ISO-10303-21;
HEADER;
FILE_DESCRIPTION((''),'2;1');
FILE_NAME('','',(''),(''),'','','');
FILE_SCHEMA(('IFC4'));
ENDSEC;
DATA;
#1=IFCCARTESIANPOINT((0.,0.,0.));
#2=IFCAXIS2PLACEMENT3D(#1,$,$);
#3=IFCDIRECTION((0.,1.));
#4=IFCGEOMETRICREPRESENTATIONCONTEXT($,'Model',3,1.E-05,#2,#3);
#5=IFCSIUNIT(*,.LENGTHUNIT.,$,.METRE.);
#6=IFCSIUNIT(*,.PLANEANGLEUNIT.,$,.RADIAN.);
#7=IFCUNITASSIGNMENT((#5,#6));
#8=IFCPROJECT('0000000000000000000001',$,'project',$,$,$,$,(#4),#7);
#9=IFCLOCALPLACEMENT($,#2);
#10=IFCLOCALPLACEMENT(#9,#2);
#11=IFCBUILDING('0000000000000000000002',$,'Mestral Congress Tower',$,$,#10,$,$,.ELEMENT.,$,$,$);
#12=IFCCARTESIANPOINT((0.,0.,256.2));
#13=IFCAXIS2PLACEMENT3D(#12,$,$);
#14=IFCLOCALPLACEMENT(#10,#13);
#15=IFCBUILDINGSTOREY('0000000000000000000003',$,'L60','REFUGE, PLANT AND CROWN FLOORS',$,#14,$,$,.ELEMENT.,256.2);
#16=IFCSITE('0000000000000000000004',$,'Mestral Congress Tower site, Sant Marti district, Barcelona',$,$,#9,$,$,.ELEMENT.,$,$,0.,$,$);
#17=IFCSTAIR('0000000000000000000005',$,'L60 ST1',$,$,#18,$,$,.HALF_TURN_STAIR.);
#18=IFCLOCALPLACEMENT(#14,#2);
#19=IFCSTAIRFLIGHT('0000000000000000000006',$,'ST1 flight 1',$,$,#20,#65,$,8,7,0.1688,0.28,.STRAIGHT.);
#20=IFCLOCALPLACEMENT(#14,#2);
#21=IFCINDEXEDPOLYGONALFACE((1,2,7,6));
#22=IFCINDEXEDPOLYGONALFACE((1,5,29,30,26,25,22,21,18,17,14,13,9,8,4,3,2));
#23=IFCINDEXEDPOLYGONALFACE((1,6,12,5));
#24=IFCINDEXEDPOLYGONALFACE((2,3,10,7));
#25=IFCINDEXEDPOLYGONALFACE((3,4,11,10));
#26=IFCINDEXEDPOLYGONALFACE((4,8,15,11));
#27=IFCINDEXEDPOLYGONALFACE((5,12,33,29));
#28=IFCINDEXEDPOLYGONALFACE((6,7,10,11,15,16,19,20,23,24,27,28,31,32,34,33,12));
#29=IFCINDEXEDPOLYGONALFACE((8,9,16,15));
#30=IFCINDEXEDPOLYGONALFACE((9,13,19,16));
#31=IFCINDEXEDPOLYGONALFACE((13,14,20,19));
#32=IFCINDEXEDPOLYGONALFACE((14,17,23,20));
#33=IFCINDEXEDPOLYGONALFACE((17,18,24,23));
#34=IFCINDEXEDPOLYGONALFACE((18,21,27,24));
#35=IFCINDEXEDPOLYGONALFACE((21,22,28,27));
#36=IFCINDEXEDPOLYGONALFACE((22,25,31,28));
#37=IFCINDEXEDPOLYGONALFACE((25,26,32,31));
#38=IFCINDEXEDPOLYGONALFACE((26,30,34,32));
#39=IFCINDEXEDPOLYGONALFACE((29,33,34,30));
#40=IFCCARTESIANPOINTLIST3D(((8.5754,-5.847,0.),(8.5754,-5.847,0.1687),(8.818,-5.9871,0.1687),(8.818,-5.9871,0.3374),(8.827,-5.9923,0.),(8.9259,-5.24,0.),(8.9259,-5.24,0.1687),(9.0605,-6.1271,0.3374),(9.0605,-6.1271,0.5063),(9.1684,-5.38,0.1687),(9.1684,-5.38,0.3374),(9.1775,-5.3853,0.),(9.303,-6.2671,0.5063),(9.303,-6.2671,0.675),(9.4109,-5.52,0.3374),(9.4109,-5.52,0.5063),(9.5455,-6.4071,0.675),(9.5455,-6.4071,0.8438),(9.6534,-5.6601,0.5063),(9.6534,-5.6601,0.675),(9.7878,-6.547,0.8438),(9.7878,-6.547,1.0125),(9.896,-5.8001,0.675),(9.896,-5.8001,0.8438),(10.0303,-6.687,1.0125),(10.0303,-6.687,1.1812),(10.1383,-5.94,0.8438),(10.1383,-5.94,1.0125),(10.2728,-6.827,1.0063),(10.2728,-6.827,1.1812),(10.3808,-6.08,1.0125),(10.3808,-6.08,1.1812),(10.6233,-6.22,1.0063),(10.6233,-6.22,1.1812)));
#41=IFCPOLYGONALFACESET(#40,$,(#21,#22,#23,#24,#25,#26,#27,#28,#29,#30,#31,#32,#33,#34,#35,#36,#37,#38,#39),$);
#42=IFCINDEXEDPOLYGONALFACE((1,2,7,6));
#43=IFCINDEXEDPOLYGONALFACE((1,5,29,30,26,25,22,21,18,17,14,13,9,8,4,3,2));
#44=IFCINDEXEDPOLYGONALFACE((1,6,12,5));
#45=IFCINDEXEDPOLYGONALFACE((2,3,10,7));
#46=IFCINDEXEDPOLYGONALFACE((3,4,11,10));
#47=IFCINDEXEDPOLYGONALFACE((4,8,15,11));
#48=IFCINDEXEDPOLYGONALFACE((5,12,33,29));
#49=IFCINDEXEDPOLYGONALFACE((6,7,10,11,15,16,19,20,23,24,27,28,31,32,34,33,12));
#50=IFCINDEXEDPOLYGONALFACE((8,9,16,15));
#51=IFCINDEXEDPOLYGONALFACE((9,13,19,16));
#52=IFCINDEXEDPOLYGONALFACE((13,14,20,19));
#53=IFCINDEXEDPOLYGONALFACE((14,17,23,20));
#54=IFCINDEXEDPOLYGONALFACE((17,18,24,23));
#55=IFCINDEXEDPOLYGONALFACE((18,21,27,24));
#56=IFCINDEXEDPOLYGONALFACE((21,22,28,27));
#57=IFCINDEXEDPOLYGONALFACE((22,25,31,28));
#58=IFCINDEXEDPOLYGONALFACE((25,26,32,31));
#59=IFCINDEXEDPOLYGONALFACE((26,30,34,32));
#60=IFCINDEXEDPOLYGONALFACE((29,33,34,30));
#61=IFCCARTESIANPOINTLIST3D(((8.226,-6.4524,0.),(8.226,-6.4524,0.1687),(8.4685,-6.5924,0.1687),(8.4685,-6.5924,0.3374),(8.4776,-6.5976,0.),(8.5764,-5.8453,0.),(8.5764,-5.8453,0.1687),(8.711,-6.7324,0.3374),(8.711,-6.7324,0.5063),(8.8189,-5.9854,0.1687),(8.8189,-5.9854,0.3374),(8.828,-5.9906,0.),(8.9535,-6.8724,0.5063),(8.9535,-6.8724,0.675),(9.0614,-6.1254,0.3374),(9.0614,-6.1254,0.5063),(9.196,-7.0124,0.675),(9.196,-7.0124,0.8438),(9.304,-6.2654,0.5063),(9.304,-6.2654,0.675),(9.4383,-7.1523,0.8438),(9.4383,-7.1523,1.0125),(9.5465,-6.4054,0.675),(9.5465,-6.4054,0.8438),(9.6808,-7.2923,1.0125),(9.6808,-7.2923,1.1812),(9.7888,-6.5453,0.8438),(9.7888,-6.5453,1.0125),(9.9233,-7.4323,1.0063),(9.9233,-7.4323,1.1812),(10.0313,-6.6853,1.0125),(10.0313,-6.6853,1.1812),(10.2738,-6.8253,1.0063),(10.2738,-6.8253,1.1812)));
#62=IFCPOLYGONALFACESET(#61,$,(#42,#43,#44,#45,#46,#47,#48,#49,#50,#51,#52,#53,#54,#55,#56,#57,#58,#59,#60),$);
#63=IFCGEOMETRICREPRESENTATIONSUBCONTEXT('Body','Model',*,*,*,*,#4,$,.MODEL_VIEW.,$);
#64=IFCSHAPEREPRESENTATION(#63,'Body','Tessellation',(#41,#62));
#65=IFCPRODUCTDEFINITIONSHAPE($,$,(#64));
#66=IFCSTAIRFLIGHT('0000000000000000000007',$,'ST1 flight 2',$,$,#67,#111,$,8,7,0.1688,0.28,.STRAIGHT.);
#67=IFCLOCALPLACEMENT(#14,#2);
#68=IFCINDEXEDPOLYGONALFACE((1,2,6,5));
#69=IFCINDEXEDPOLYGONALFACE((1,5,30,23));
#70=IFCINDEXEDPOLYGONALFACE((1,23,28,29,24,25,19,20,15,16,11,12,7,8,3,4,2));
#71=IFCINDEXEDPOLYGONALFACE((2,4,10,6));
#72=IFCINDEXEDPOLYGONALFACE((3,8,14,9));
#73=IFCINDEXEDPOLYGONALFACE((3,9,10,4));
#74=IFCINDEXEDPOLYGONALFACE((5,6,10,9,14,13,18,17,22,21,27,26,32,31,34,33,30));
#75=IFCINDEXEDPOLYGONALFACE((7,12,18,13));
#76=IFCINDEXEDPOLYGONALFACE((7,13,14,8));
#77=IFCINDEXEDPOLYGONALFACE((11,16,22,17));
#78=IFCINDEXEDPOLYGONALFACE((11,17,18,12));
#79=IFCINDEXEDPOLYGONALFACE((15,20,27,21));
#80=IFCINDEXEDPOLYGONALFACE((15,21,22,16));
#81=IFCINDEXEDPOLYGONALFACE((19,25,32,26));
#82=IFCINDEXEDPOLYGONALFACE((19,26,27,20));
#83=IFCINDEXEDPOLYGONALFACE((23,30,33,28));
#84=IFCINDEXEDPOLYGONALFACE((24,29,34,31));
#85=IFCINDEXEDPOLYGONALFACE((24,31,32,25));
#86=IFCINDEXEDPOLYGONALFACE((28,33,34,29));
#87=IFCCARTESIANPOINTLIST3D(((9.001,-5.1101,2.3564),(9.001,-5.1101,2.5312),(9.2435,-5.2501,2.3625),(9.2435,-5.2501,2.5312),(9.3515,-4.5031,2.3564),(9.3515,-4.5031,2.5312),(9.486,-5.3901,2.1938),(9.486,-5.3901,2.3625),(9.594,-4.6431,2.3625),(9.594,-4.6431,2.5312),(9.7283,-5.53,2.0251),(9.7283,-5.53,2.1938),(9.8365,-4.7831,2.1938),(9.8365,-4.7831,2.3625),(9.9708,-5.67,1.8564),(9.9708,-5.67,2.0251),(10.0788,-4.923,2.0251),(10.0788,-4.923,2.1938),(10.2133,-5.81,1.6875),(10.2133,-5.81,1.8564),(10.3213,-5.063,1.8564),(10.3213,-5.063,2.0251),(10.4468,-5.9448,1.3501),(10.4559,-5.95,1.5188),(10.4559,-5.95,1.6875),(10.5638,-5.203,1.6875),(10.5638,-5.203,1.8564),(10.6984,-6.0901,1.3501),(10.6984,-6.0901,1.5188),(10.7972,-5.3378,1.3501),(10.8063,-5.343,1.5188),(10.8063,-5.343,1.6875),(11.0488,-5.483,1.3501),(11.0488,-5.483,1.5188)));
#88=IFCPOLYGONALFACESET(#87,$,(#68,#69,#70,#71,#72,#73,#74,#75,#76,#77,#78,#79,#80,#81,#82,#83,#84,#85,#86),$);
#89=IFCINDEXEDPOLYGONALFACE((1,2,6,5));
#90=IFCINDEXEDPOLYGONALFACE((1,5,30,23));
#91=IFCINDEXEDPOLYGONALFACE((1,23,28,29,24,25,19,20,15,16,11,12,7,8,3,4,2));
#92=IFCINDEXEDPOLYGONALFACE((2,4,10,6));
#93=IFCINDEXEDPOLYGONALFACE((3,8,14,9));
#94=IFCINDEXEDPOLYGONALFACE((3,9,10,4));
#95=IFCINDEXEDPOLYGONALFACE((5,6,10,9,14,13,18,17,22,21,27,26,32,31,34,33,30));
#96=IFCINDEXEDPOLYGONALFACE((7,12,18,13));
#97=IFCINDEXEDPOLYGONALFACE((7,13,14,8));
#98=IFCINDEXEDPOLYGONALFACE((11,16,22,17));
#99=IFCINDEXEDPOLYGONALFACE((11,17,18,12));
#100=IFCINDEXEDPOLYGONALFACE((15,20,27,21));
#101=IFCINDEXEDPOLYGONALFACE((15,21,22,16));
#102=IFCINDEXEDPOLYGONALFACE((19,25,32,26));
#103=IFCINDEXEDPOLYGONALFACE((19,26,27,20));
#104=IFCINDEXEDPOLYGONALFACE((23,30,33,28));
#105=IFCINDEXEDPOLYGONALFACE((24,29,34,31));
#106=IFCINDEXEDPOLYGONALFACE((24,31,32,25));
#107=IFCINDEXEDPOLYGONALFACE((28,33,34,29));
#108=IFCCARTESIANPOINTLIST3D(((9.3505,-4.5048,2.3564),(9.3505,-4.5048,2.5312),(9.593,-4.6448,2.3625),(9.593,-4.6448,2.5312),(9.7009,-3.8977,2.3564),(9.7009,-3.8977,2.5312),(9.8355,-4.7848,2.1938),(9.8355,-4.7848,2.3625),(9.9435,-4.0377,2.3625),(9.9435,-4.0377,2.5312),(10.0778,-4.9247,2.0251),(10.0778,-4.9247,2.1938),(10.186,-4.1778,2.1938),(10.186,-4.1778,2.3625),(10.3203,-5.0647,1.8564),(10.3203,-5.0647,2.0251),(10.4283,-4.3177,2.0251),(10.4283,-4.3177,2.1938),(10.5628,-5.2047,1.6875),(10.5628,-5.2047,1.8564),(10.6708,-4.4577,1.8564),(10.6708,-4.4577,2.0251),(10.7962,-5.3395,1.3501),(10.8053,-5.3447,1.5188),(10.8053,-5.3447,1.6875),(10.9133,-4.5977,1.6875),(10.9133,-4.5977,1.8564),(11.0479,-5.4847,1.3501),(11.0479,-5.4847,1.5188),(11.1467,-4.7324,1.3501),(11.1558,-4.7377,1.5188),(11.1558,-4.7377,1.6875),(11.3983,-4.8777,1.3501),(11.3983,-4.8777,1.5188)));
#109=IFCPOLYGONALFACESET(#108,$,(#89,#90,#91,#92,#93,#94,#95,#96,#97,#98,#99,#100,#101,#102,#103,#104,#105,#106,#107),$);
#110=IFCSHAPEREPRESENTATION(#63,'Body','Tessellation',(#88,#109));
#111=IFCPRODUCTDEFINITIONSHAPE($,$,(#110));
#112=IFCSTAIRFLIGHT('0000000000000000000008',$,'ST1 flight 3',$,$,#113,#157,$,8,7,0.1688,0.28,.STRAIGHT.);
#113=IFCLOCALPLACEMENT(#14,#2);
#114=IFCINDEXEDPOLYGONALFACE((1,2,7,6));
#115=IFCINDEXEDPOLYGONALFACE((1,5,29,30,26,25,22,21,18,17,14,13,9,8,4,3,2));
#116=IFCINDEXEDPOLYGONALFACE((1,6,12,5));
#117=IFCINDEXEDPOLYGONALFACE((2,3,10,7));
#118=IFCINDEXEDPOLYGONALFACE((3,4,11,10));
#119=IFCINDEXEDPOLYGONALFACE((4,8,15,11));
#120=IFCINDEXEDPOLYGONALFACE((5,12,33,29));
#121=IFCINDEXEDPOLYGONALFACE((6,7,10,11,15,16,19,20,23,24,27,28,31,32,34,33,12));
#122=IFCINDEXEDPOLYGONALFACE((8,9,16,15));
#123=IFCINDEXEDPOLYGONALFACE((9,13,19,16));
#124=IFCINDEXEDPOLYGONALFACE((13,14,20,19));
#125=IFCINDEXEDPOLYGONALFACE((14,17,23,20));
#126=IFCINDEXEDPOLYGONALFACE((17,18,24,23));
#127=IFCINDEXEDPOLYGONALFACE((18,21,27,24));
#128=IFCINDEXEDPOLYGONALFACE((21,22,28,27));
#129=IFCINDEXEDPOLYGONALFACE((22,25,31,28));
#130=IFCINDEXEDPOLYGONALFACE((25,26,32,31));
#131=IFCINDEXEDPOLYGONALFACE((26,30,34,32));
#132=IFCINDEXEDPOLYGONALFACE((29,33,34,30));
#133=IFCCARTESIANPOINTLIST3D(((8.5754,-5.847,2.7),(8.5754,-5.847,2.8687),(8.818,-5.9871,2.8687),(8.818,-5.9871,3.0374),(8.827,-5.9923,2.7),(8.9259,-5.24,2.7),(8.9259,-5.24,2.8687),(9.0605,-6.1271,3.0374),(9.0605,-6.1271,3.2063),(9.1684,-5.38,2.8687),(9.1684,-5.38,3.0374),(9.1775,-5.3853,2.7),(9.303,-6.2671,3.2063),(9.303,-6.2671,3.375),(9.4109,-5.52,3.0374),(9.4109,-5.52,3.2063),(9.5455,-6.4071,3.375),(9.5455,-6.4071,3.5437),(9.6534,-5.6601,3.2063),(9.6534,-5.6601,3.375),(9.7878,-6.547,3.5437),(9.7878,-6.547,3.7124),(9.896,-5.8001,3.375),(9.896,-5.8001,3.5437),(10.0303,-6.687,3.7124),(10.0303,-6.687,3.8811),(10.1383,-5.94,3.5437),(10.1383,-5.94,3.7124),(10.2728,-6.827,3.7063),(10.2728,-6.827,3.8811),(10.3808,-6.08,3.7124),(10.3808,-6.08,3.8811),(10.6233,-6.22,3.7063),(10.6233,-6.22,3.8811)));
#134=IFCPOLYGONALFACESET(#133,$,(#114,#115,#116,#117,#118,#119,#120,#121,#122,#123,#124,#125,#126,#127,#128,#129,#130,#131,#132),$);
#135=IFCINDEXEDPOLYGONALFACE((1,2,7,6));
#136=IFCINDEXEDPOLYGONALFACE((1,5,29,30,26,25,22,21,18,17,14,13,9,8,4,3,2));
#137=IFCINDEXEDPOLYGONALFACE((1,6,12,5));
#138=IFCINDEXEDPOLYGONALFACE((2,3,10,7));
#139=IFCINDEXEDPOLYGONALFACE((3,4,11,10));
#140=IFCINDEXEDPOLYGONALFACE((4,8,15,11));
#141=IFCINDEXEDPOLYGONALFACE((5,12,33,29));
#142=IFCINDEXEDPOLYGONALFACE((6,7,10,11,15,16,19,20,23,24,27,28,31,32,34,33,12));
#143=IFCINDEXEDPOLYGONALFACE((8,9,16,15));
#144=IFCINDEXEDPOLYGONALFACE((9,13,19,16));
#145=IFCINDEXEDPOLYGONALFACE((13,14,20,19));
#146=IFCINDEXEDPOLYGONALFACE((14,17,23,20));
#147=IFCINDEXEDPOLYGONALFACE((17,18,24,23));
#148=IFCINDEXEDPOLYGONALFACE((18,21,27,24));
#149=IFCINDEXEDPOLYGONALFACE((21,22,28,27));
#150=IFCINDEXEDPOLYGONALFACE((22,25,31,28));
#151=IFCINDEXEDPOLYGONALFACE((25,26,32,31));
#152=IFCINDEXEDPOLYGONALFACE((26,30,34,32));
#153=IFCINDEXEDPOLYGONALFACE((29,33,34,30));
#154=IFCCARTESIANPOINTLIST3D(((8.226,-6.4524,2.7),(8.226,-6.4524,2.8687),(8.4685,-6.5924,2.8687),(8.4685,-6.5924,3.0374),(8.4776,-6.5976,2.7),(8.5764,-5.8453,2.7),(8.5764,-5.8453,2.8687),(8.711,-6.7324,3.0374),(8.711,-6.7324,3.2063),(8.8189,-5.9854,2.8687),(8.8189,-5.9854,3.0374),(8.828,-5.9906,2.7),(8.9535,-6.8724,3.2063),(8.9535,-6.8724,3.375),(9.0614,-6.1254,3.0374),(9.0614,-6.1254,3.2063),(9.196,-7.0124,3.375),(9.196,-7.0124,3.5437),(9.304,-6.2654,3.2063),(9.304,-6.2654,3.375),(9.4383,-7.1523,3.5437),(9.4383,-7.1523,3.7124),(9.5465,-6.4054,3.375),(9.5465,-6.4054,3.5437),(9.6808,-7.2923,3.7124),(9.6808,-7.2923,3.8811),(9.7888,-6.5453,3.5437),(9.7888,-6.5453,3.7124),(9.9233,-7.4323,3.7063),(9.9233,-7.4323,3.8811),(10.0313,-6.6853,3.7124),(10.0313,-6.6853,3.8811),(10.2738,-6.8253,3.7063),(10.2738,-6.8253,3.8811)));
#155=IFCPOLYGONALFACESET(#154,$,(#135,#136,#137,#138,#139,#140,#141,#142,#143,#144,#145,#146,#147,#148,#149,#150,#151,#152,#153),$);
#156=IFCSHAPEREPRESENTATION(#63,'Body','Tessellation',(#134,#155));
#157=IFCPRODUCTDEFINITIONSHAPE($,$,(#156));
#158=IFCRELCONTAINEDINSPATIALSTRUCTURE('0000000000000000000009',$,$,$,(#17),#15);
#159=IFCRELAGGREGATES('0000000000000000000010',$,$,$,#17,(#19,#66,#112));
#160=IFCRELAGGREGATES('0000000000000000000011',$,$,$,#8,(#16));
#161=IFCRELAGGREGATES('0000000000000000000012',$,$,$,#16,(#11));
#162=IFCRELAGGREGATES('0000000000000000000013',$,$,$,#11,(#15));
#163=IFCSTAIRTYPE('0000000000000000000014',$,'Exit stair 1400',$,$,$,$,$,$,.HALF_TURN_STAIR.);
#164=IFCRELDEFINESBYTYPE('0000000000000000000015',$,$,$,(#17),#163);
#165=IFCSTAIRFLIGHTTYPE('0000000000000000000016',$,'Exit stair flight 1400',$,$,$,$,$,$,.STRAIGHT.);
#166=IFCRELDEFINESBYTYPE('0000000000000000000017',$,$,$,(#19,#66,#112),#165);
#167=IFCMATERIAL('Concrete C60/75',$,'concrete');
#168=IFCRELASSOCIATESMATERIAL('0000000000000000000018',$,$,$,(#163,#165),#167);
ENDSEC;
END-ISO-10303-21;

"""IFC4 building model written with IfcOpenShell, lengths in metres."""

from ifc_helpers import new_model, si_unit, direction, frame, origin, place, context, subcontext, project, spatial, polyline, outline, extrude, material, type_object, element, aggregate, save


model = new_model("IFC4")

# Units and contexts
model_context = context("Model", 3, precision=1e-05, world=origin(), true_north=direction((0.0, 1.0)))
body_context = subcontext(model_context, "Body", "Model", "MODEL_VIEW")
ifc_project = project(units=[si_unit("LENGTHUNIT", "METRE"), si_unit("PLANEANGLEUNIT", "RADIAN")], contexts=[model_context])

# Site, building, storey
site_placement = place(None, origin())
site = spatial("IfcSite", under=ifc_project, at=site_placement, Name="Mestral Congress Tower site, Sant Marti district, Barcelona", CompositionType="ELEMENT", RefElevation=0.0)
building_placement = place(site_placement, origin())
building = spatial("IfcBuilding", under=site, at=building_placement, Name="Mestral Congress Tower", CompositionType="ELEMENT")
storey_placement = place(building_placement, frame((0.0, 0.0, 256.2)))
storey = spatial("IfcBuildingStorey", under=building, at=storey_placement, Name="L60", Description="REFUGE, PLANT AND CROWN FLOORS", CompositionType="ELEMENT", Elevation=256.2)

# Shared definitions
placement = place(storey_placement, origin())

# Shared definitions
ifc_material_1 = material(Name="Concrete C60/75", Category="concrete")

# Stair, stair flights
stair_type = type_object("IfcStairType", Name="Exit stair 1400", PredefinedType="HALF_TURN_STAIR", material=ifc_material_1)
stair = element("IfcStair", 1, at=placement, inside=storey, type_object=stair_type, Name="L60 ST1", PredefinedType="HALF_TURN_STAIR")
stair_flight_type = type_object("IfcStairFlightType", Name="Exit stair flight 1400", PredefinedType="STRAIGHT", material=ifc_material_1)
stair_flight_1_placement = place(storey_placement, frame((8.5759, -5.8462, 0.0), z_axis=(0.0, 0.0, 1.0), x_axis=(0.866025, -0.5, 0.0)))
stair_flight_1 = element("IfcStairFlight", 2, at=stair_flight_1_placement, type_object=stair_flight_type, Name="ST1 flight 1", NumberOfRisers=8, NumberOfTreads=7, PredefinedType="STRAIGHT", RiserHeight=0.1688, TreadLength=0.28, context=body_context, shape_type="SweptSolid", body=[
    extrude(outline(polyline([(0.0, 0.0), (0.0, 0.1687), (0.28, 0.1687), (0.28, 0.3374), (0.5601, 0.3374), (0.5601, 0.5063), (0.8401, 0.5063), (0.8401, 0.675), (1.1201, 0.675), (1.1201, 0.8438), (1.3999, 0.8438), (1.3999, 1.0125), (1.6799, 1.0125), (1.6799, 1.1812), (1.96, 1.1812), (1.96, 1.3501), (1.96, 1.0063), (0.2905, 0.0), (0.0, 0.0)])), frame((0.0, 0.7, 0.0), z_axis=(0.0, -1.0, 0.0), x_axis=(1.0, 0.0, 0.0)), (0.0, 0.0, 1.0), 0.7009),
    extrude(outline(polyline([(0.0, 0.0), (0.0, 0.1687), (0.28, 0.1687), (0.28, 0.3374), (0.5601, 0.3374), (0.5601, 0.5063), (0.8401, 0.5063), (0.8401, 0.675), (1.1201, 0.675), (1.1201, 0.8438), (1.3999, 0.8438), (1.3999, 1.0125), (1.6799, 1.0125), (1.6799, 1.1812), (1.96, 1.1812), (1.96, 1.3501), (1.96, 1.0063), (0.2905, 0.0), (0.0, 0.0)])), frame((0.0, 0.001, 0.0), z_axis=(0.0, -1.0, 0.0), x_axis=(1.0, 0.0, 0.0)), (0.0, 0.0, 1.0), 0.7009),
])
stair_flight_2_placement = place(storey_placement, frame((11.0483, -5.4839, 1.3501), z_axis=(0.0, 0.0, 1.0), x_axis=(-0.866025, 0.5, 0.0)))
stair_flight_2 = element("IfcStairFlight", 3, at=stair_flight_2_placement, type_object=stair_flight_type, Name="ST1 flight 2", NumberOfRisers=8, NumberOfTreads=7, PredefinedType="STRAIGHT", RiserHeight=0.1688, TreadLength=0.28, context=body_context, shape_type="SweptSolid", body=[
    extrude(outline(polyline([(0.0, 0.0), (0.0, 0.1687), (0.28, 0.1687), (0.28, 0.3374), (0.5601, 0.3374), (0.5601, 0.5063), (0.8401, 0.5063), (0.8401, 0.675), (1.1201, 0.675), (1.1201, 0.8438), (1.3999, 0.8438), (1.3999, 1.0125), (1.6799, 1.0125), (1.6799, 1.1812), (1.96, 1.1812), (1.96, 1.3501), (1.96, 1.0063), (0.2905, 0.0), (0.0, 0.0)])), frame((0.0, 0.7, 0.0), z_axis=(0.0, -1.0, 0.0), x_axis=(1.0, 0.0, 0.0)), (0.0, 0.0, 1.0), 0.7009),
    extrude(outline(polyline([(0.0, 0.0), (0.0, 0.1687), (0.28, 0.1687), (0.28, 0.3374), (0.5601, 0.3374), (0.5601, 0.5063), (0.8401, 0.5063), (0.8401, 0.675), (1.1201, 0.675), (1.1201, 0.8438), (1.3999, 0.8438), (1.3999, 1.0125), (1.6799, 1.0125), (1.6799, 1.1812), (1.96, 1.1812), (1.96, 1.3501), (1.96, 1.0063), (0.2905, 0.0), (0.0, 0.0)])), frame((0.0, 0.001, 0.0), z_axis=(0.0, -1.0, 0.0), x_axis=(1.0, 0.0, 0.0)), (0.0, 0.0, 1.0), 0.7009),
])
stair_flight_3_placement = place(storey_placement, frame((8.5759, -5.8462, 2.7), z_axis=(0.0, 0.0, 1.0), x_axis=(0.866025, -0.5, 0.0)))
stair_flight_3 = element("IfcStairFlight", 4, at=stair_flight_3_placement, type_object=stair_flight_type, Name="ST1 flight 3", NumberOfRisers=8, NumberOfTreads=7, PredefinedType="STRAIGHT", RiserHeight=0.1688, TreadLength=0.28, context=body_context, shape_type="SweptSolid", body=[
    extrude(outline(polyline([(0.0, 0.0), (0.0, 0.1687), (0.28, 0.1687), (0.28, 0.3374), (0.5601, 0.3374), (0.5601, 0.5063), (0.8401, 0.5063), (0.8401, 0.675), (1.1201, 0.675), (1.1201, 0.8438), (1.3999, 0.8438), (1.3999, 1.0125), (1.6799, 1.0125), (1.6799, 1.1812), (1.96, 1.1812), (1.96, 1.3501), (1.96, 1.0063), (0.2905, 0.0), (0.0, 0.0)])), frame((0.0, 0.7, 0.0), z_axis=(0.0, -1.0, 0.0), x_axis=(1.0, 0.0, 0.0)), (0.0, 0.0, 1.0), 0.7009),
    extrude(outline(polyline([(0.0, 0.0), (0.0, 0.1687), (0.28, 0.1687), (0.28, 0.3374), (0.5601, 0.3374), (0.5601, 0.5063), (0.8401, 0.5063), (0.8401, 0.675), (1.1201, 0.675), (1.1201, 0.8438), (1.3999, 0.8438), (1.3999, 1.0125), (1.6799, 1.0125), (1.6799, 1.1812), (1.96, 1.1812), (1.96, 1.3501), (1.96, 1.0063), (0.2905, 0.0), (0.0, 0.0)])), frame((0.0, 0.001, 0.0), z_axis=(0.0, -1.0, 0.0), x_axis=(1.0, 0.0, 0.0)), (0.0, 0.0, 1.0), 0.7009),
])
aggregate(stair, [stair_flight_1, stair_flight_2, stair_flight_3])

save(model, "model.ifc")
